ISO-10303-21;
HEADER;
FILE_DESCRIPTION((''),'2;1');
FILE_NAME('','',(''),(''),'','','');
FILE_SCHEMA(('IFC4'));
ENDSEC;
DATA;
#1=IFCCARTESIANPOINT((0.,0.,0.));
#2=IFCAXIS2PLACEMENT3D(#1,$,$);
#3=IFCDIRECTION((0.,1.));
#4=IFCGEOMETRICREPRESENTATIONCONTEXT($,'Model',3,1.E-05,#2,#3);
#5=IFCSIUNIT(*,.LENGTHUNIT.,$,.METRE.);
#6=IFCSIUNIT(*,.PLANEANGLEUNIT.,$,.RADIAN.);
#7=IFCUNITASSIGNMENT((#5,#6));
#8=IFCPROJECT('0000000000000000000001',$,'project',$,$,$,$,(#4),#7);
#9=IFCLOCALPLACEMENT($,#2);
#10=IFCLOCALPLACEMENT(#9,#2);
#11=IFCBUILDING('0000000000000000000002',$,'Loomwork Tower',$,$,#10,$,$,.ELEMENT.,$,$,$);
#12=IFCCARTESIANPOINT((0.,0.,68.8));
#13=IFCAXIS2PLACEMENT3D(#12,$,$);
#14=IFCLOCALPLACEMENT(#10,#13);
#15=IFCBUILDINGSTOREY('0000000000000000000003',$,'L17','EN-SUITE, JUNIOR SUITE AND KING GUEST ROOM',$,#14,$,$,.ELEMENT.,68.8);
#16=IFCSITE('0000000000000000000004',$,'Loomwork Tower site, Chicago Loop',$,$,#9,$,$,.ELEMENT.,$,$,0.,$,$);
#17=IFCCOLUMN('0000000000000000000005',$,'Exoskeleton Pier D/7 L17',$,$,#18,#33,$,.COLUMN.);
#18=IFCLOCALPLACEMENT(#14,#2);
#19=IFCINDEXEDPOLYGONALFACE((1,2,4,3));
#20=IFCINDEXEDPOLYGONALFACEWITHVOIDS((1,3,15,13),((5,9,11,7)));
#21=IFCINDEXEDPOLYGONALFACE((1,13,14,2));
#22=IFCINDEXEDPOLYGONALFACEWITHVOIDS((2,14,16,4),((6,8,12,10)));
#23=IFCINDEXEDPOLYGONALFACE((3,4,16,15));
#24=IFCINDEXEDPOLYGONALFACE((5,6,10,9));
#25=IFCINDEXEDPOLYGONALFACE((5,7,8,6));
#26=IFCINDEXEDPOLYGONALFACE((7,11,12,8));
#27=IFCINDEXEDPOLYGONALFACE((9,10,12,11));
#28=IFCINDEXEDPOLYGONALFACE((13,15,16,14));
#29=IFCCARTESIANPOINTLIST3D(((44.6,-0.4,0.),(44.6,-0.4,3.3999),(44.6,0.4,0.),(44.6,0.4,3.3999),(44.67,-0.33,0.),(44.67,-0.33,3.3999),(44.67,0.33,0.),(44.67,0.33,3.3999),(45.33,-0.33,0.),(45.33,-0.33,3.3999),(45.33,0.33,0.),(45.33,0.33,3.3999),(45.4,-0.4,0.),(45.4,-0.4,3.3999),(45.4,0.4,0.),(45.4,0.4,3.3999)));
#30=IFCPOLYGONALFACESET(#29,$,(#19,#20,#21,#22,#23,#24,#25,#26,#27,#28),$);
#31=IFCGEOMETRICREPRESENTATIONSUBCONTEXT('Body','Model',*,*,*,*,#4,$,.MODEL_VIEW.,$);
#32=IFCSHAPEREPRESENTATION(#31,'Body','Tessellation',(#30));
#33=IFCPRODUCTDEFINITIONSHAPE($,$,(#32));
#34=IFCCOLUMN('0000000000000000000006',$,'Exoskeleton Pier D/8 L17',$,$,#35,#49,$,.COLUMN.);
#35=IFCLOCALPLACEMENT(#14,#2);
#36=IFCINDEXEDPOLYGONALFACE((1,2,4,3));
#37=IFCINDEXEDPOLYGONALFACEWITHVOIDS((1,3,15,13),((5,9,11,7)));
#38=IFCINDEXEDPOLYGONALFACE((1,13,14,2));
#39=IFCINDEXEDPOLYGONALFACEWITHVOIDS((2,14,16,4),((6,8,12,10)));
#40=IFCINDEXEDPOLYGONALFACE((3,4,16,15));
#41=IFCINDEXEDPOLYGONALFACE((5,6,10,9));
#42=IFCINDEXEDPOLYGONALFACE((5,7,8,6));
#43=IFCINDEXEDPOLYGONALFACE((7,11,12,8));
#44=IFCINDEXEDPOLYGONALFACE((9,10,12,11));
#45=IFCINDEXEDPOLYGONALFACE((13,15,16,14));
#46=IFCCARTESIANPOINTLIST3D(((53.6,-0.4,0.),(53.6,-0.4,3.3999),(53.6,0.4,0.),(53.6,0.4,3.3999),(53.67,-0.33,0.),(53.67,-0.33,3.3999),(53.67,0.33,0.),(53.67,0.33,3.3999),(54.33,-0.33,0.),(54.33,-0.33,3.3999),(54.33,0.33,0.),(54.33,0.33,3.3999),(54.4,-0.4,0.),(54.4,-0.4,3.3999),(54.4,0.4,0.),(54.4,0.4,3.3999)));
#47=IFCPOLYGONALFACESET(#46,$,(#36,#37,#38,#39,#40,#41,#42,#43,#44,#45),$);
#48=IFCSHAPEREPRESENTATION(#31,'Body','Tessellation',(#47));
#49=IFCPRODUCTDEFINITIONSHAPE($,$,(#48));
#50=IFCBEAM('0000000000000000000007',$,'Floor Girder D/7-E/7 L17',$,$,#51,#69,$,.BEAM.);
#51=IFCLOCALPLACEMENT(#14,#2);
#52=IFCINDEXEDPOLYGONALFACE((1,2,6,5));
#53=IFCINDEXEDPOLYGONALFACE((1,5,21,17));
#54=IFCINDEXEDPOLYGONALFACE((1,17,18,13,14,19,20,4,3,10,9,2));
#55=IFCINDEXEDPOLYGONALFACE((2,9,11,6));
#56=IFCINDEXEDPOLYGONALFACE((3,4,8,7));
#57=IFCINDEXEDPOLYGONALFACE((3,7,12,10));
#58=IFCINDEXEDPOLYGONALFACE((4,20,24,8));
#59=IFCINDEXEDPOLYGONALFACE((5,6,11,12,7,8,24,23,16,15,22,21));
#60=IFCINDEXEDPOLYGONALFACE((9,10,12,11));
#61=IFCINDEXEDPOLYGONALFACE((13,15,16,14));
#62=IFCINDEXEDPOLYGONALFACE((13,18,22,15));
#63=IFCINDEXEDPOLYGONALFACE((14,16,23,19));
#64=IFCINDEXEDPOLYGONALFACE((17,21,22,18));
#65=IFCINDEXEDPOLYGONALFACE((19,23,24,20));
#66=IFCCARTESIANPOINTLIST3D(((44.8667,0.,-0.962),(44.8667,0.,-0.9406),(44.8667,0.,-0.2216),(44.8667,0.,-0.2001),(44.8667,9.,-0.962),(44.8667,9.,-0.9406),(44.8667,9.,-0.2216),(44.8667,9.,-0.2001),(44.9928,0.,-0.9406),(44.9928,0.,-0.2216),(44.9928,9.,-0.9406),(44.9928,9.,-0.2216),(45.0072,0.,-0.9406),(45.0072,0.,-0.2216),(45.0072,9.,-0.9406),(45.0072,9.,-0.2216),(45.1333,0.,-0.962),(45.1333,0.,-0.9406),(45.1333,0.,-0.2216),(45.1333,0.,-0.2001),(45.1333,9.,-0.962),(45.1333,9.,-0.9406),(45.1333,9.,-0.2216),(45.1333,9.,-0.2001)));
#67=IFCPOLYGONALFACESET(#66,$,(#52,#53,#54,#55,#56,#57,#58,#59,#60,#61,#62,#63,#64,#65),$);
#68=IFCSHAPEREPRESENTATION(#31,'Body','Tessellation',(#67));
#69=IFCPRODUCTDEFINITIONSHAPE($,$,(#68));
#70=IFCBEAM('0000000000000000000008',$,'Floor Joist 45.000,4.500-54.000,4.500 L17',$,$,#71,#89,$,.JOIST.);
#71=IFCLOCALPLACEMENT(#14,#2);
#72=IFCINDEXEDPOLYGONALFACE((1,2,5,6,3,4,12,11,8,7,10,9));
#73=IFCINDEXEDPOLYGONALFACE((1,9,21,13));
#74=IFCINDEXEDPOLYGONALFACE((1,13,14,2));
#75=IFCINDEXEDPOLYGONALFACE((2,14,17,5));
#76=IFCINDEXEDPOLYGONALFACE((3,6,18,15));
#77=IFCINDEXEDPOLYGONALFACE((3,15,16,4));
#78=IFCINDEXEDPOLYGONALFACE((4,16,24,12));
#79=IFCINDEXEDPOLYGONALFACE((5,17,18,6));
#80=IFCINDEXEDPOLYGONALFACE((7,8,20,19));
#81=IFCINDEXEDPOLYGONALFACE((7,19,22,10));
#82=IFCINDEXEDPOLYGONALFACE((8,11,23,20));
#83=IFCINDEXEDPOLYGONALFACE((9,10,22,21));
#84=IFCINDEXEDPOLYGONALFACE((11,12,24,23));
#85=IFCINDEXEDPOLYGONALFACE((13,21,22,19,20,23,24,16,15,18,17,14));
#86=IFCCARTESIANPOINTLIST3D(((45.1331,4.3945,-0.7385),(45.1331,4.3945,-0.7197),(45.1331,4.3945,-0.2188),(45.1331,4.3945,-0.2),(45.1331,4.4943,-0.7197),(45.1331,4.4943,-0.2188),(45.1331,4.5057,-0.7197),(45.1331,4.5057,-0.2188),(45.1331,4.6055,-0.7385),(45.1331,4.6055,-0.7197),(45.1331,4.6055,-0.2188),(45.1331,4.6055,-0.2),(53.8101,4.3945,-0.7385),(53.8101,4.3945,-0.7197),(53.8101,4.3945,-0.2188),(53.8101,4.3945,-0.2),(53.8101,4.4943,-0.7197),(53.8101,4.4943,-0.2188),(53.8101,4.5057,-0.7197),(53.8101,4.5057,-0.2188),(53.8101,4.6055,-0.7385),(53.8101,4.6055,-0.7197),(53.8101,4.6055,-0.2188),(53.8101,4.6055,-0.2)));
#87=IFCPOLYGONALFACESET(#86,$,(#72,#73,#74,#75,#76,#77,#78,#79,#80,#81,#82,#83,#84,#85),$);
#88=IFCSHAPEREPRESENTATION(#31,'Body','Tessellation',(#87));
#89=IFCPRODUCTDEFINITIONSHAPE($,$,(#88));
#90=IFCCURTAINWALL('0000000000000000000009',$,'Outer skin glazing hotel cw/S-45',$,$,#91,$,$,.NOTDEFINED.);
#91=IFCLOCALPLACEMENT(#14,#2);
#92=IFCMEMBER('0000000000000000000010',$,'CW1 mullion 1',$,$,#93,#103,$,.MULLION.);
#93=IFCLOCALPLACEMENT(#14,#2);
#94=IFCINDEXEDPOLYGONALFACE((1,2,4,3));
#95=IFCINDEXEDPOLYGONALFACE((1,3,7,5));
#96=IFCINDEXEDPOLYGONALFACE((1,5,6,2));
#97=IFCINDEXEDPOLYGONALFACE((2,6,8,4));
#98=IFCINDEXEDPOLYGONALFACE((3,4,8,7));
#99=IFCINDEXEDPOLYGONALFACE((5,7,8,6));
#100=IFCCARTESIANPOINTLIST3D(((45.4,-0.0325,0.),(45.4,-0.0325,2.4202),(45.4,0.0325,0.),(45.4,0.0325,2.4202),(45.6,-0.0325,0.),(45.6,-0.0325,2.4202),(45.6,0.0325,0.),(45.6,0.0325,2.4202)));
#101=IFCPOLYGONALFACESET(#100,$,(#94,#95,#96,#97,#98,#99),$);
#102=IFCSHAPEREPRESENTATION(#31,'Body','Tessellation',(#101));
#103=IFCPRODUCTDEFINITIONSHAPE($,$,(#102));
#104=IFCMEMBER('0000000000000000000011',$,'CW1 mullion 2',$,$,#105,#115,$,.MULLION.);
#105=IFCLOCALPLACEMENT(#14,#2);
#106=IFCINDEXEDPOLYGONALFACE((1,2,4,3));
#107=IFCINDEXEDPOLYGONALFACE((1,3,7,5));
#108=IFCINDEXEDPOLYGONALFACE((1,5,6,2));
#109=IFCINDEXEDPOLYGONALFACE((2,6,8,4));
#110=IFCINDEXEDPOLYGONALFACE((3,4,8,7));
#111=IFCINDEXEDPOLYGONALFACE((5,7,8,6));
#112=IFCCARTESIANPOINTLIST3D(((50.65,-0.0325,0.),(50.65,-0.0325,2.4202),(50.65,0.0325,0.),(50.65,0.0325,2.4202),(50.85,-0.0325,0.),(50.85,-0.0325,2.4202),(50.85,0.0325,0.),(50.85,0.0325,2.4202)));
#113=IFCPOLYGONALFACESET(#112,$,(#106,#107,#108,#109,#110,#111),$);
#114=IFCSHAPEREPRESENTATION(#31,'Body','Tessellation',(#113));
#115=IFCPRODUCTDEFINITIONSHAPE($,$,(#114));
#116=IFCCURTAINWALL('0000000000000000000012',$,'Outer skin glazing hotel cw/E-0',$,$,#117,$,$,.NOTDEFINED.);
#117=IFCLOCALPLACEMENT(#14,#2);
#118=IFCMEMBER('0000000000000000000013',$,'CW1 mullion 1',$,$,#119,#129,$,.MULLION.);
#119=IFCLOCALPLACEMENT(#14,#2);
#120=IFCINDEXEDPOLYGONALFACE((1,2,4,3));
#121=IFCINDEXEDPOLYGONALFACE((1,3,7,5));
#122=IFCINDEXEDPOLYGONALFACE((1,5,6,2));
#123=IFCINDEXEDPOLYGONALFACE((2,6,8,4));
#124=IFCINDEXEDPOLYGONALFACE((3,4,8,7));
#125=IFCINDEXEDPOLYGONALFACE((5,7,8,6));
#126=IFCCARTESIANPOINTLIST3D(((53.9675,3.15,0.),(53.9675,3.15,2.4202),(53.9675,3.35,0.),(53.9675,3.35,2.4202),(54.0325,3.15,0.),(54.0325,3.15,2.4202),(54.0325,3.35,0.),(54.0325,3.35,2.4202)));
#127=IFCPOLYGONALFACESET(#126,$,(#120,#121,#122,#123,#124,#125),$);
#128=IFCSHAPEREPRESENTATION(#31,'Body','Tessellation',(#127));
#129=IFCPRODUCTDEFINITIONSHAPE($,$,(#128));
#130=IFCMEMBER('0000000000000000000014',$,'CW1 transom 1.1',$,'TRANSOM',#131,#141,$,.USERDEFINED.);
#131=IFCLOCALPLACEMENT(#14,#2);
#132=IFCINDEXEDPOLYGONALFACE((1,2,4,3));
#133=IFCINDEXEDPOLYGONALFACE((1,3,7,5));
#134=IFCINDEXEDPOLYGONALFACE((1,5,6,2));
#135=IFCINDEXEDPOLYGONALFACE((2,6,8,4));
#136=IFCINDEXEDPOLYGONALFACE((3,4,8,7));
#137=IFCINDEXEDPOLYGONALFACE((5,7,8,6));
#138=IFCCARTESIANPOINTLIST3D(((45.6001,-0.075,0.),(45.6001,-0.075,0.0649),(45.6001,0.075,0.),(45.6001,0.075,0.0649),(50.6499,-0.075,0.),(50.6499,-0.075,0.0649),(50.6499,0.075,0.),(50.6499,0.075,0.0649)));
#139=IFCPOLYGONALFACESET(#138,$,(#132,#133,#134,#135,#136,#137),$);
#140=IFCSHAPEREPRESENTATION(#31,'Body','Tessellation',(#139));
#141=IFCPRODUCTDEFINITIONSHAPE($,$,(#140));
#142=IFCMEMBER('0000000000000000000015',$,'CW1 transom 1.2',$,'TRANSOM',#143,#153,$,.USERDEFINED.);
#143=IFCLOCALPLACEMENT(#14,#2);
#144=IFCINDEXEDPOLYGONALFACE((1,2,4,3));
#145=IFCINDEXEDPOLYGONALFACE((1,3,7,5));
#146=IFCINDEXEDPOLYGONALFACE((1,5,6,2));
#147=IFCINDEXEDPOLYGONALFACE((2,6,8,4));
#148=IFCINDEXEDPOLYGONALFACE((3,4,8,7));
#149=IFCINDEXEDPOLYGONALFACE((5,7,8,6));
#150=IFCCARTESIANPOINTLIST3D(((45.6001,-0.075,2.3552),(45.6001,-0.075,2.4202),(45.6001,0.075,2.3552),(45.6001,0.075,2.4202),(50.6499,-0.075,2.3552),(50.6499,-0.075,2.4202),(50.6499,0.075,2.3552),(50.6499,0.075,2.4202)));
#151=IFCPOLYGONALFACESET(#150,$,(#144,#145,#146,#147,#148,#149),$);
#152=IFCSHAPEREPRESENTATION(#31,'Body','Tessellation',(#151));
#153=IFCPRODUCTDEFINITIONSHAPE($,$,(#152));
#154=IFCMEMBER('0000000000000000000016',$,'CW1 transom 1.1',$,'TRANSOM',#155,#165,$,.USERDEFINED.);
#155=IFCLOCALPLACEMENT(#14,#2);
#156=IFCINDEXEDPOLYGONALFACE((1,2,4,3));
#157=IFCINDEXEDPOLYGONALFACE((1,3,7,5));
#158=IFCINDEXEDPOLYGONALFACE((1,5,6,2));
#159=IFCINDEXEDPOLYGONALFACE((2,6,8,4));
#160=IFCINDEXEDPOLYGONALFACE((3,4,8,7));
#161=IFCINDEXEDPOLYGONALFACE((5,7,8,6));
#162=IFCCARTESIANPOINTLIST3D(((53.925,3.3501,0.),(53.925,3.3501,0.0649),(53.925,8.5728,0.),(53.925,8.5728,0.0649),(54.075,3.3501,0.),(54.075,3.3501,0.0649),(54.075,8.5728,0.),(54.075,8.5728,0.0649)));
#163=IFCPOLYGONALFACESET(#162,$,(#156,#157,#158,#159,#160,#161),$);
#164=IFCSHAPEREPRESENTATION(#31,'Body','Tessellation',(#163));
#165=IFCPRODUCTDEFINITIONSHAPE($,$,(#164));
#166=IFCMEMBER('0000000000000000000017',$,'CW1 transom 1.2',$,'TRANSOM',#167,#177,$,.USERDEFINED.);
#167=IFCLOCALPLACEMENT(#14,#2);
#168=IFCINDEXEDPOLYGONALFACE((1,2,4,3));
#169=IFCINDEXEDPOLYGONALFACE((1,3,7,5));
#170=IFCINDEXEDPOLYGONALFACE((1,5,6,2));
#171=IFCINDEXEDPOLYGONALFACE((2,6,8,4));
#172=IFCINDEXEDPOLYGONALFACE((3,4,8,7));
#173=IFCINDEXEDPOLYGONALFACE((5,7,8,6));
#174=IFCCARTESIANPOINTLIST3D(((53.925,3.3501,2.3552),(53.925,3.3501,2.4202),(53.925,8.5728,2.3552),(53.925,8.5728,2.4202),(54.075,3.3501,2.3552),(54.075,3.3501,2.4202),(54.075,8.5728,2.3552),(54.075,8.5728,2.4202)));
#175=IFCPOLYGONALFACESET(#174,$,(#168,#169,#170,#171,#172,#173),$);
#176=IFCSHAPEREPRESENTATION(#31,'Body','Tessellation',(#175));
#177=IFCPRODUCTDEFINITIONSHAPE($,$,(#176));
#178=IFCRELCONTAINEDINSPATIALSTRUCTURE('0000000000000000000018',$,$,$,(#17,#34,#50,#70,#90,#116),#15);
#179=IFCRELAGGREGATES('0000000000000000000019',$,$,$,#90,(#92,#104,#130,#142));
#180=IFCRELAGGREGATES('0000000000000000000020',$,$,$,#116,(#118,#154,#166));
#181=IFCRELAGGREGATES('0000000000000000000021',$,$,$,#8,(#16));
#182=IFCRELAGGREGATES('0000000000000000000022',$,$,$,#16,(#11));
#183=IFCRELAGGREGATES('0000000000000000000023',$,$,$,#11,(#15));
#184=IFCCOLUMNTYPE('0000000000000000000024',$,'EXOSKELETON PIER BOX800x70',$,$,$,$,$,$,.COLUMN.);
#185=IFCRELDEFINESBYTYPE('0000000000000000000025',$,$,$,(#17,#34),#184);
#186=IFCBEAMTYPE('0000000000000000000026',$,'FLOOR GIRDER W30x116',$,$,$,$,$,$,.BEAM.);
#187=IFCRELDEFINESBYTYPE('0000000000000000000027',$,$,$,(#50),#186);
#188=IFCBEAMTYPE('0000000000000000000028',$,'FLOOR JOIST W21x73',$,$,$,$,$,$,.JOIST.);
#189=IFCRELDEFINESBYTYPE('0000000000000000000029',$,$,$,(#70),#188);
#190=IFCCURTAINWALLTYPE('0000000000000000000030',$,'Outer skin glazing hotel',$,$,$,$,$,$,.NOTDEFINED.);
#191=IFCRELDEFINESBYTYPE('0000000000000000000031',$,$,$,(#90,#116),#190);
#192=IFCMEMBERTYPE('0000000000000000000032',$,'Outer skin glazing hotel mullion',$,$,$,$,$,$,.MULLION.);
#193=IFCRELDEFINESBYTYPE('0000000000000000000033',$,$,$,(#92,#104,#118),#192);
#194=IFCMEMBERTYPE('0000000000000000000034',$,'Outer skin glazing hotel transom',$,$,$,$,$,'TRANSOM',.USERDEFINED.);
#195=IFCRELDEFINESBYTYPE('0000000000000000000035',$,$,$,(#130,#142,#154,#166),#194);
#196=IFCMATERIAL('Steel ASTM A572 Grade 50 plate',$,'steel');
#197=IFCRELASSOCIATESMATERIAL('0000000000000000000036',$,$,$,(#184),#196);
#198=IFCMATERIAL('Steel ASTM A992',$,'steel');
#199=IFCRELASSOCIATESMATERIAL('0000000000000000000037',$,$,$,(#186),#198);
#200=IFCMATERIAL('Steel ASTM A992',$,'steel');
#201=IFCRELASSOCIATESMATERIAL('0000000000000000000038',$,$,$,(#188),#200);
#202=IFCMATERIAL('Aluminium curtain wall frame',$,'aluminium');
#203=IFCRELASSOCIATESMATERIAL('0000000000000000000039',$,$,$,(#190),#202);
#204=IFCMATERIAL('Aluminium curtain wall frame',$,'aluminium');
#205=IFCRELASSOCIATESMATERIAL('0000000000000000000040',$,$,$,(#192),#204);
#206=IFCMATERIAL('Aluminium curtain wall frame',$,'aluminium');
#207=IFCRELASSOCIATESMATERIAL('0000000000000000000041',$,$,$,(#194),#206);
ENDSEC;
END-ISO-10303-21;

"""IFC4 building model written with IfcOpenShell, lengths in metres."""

from ifc_helpers import new_model, si_unit, direction, frame, origin, origin_2d, place, context, subcontext, project, spatial, rectangle, hollow_rectangle, i_section, extrude, material, material_profile, profile_set, type_object, element, aggregate, save


model = new_model("IFC4")

# Units and contexts
model_context = context("Model", 3, precision=1e-05, world=origin(), true_north=direction((0.0, 1.0)))
body_context = subcontext(model_context, "Body", "Model", "MODEL_VIEW")
ifc_project = project(units=[si_unit("LENGTHUNIT", "METRE"), si_unit("PLANEANGLEUNIT", "RADIAN")], contexts=[model_context])

# Site, building, storey
site_placement = place(None, origin())
site = spatial("IfcSite", under=ifc_project, at=site_placement, Name="Loomwork Tower site, Chicago Loop", CompositionType="ELEMENT", RefElevation=0.0)
building_placement = place(site_placement, origin())
building = spatial("IfcBuilding", under=site, at=building_placement, Name="Loomwork Tower", CompositionType="ELEMENT")
storey_placement = place(building_placement, frame((0.0, 0.0, 68.8)))
storey = spatial("IfcBuildingStorey", under=building, at=storey_placement, Name="L17", Description="EN-SUITE, JUNIOR SUITE AND KING GUEST ROOM", CompositionType="ELEMENT", Elevation=68.8)

# Columns
ifc_material_1 = material(Name="Steel ASTM A572 Grade 50 plate", Category="steel")
ifc_material_profile_1 = material_profile(ifc_material_1, hollow_rectangle(XDim=0.8, YDim=0.8, WallThickness=0.0701, at=origin_2d()), Name="BOX800x70")
ifc_profile_set_1 = profile_set([ifc_material_profile_1], Name="Steel ASTM A572 Grade 50 plate")
column_type = type_object("IfcColumnType", Name="EXOSKELETON PIER BOX800x70", PredefinedType="COLUMN", material=ifc_profile_set_1)
for number, where, z_axis, x_axis, name in (
    (1, (45.0, 0.0, 0.0), (0.0, 0.0, 1.0), (1.0, 0.0, 0.0), "Exoskeleton Pier D/7 L17"),
    (2, (54.0, 0.0, 0.0), (0.0, 0.0, 1.0), (1.0, 0.0, 0.0), "Exoskeleton Pier D/8 L17"),
):
    element("IfcColumn", number, at=place(storey_placement, frame(where, z_axis=z_axis, x_axis=x_axis)), inside=storey, type_object=column_type, Name=name, PredefinedType="COLUMN", context=body_context, shape_type="SweptSolid", body=[
        extrude(hollow_rectangle(XDim=0.8, YDim=0.8, WallThickness=0.0701, at=origin_2d()), origin(), (0.0, 0.0, 1.0), 3.3999),
    ])

# Beams
ifc_material_2 = material(Name="Steel ASTM A992", Category="steel")
ifc_material_profile_2 = material_profile(ifc_material_2, i_section(OverallWidth=0.2666, OverallDepth=0.762, WebThickness=0.0144, FlangeThickness=0.0215, at=origin_2d()), Name="W30x116")
ifc_profile_set_2 = profile_set([ifc_material_profile_2], Name="Steel ASTM A992")
beam_type_1 = type_object("IfcBeamType", Name="FLOOR GIRDER W30x116", PredefinedType="BEAM", material=ifc_profile_set_2)
beam_1_placement = place(storey_placement, frame((45.0, 0.0, -0.5811), z_axis=(0.0, 1.0, 0.0), x_axis=(-1.0, 0.0, 0.0)))
element("IfcBeam", 3, at=beam_1_placement, inside=storey, type_object=beam_type_1, Name="Floor Girder D/7-E/7 L17", PredefinedType="BEAM", context=body_context, shape_type="SweptSolid", body=[
    extrude(i_section(OverallWidth=0.2666, OverallDepth=0.762, WebThickness=0.0144, FlangeThickness=0.0215, at=origin_2d()), origin(), (0.0, 0.0, 1.0), 9.0),
])
ifc_material_3 = material(Name="Steel ASTM A992", Category="steel")
ifc_material_profile_3 = material_profile(ifc_material_3, i_section(OverallWidth=0.2109, OverallDepth=0.5386, WebThickness=0.0115, FlangeThickness=0.0188, at=origin_2d()), Name="W21x73")
ifc_profile_set_3 = profile_set([ifc_material_profile_3], Name="Steel ASTM A992")
beam_type_2 = type_object("IfcBeamType", Name="FLOOR JOIST W21x73", PredefinedType="JOIST", material=ifc_profile_set_3)
beam_2_placement = place(storey_placement, frame((45.1331, 4.5, -0.4692), z_axis=(1.0, 0.0, 0.0), x_axis=(0.0, 1.0, 0.0)))
element("IfcBeam", 4, at=beam_2_placement, inside=storey, type_object=beam_type_2, Name="Floor Joist 45.000,4.500-54.000,4.500 L17", PredefinedType="JOIST", context=body_context, shape_type="SweptSolid", body=[
    extrude(i_section(OverallWidth=0.2109, OverallDepth=0.5386, WebThickness=0.0115, FlangeThickness=0.0188, at=origin_2d()), origin(), (0.0, 0.0, 1.0), 8.677),
])

# Curtain wall, members
ifc_material_4 = material(Name="Aluminium curtain wall frame", Category="aluminium")
curtain_wall_type = type_object("IfcCurtainWallType", Name="Outer skin glazing hotel", PredefinedType="NOTDEFINED", material=ifc_material_4)
curtain_wall_1_placement = place(storey_placement, origin())
curtain_wall_1 = element("IfcCurtainWall", 5, at=curtain_wall_1_placement, inside=storey, type_object=curtain_wall_type, Name="Outer skin glazing hotel cw/S-45", PredefinedType="NOTDEFINED")
ifc_material_5 = material(Name="Aluminium curtain wall frame", Category="aluminium")
ifc_material_profile_4 = material_profile(ifc_material_5, rectangle(XDim=0.0649, YDim=0.2, at=origin_2d()), Name="AL 65x200")
ifc_profile_set_4 = profile_set([ifc_material_profile_4], Name="Aluminium curtain wall frame")
member_type_1 = type_object("IfcMemberType", Name="Outer skin glazing hotel mullion", PredefinedType="MULLION", material=ifc_profile_set_4)
member_1_placement = place(storey_placement, frame((45.5, 0.0, 0.0), z_axis=(0.0, 0.0, 1.0), x_axis=(0.0, 1.0, 0.0)))
member_1 = element("IfcMember", 6, at=member_1_placement, type_object=member_type_1, Name="CW1 mullion 1", PredefinedType="MULLION", context=body_context, shape_type="SweptSolid", body=[
    extrude(rectangle(XDim=0.0649, YDim=0.2, at=origin_2d()), origin(), (0.0, 0.0, 1.0), 2.4202),
])
member_2_placement = place(storey_placement, frame((50.75, 0.0, 0.0), z_axis=(0.0, 0.0, 1.0), x_axis=(0.0, 1.0, 0.0)))
member_2 = element("IfcMember", 7, at=member_2_placement, type_object=member_type_1, Name="CW1 mullion 2", PredefinedType="MULLION", context=body_context, shape_type="SweptSolid", body=[
    extrude(rectangle(XDim=0.0649, YDim=0.2, at=origin_2d()), origin(), (0.0, 0.0, 1.0), 2.4202),
])

# Curtain wall, member
curtain_wall_2_placement = place(storey_placement, origin())
curtain_wall_2 = element("IfcCurtainWall", 8, at=curtain_wall_2_placement, inside=storey, type_object=curtain_wall_type, Name="Outer skin glazing hotel cw/E-0", PredefinedType="NOTDEFINED")
member_3_placement = place(storey_placement, frame((54.0, 3.25, 0.0), z_axis=(0.0, 0.0, 1.0), x_axis=(-1.0, 0.0, 0.0)))
member_3 = element("IfcMember", 9, at=member_3_placement, type_object=member_type_1, Name="CW1 mullion 1", PredefinedType="MULLION", context=body_context, shape_type="SweptSolid", body=[
    extrude(rectangle(XDim=0.0649, YDim=0.2, at=origin_2d()), origin(), (0.0, 0.0, 1.0), 2.4202),
])

# Members
ifc_material_6 = material(Name="Aluminium curtain wall frame", Category="aluminium")
ifc_material_profile_5 = material_profile(ifc_material_6, rectangle(XDim=0.1499, YDim=0.0649, at=origin_2d()), Name="AL 65x150")
ifc_profile_set_5 = profile_set([ifc_material_profile_5], Name="Aluminium curtain wall frame")
member_type_2 = type_object("IfcMemberType", Name="Outer skin glazing hotel transom", ElementType="TRANSOM", PredefinedType="USERDEFINED", material=ifc_profile_set_5)
member_4_placement = place(storey_placement, frame((45.6001, 0.0, 0.0325), z_axis=(1.0, 0.0, 0.0), x_axis=(0.0, 1.0, 0.0)))
member_4 = element("IfcMember", 10, at=member_4_placement, type_object=member_type_2, Name="CW1 transom 1.1", ObjectType="TRANSOM", PredefinedType="USERDEFINED", context=body_context, shape_type="SweptSolid", body=[
    extrude(rectangle(XDim=0.1499, YDim=0.0649, at=origin_2d()), origin(), (0.0, 0.0, 1.0), 5.0498),
])
member_5_placement = place(storey_placement, frame((45.6001, 0.0, 2.3877), z_axis=(1.0, 0.0, 0.0), x_axis=(0.0, 1.0, 0.0)))
member_5 = element("IfcMember", 11, at=member_5_placement, type_object=member_type_2, Name="CW1 transom 1.2", ObjectType="TRANSOM", PredefinedType="USERDEFINED", context=body_context, shape_type="SweptSolid", body=[
    extrude(rectangle(XDim=0.1499, YDim=0.0649, at=origin_2d()), origin(), (0.0, 0.0, 1.0), 5.0498),
])
member_6_placement = place(storey_placement, frame((54.0, 3.3501, 0.0325), z_axis=(0.0, 1.0, 0.0), x_axis=(-1.0, 0.0, 0.0)))
member_6 = element("IfcMember", 12, at=member_6_placement, type_object=member_type_2, Name="CW1 transom 1.1", ObjectType="TRANSOM", PredefinedType="USERDEFINED", context=body_context, shape_type="SweptSolid", body=[
    extrude(rectangle(XDim=0.1499, YDim=0.0649, at=origin_2d()), origin(), (0.0, 0.0, 1.0), 5.2227),
])
member_7_placement = place(storey_placement, frame((54.0, 3.3501, 2.3877), z_axis=(0.0, 1.0, 0.0), x_axis=(-1.0, 0.0, 0.0)))
member_7 = element("IfcMember", 13, at=member_7_placement, type_object=member_type_2, Name="CW1 transom 1.2", ObjectType="TRANSOM", PredefinedType="USERDEFINED", context=body_context, shape_type="SweptSolid", body=[
    extrude(rectangle(XDim=0.1499, YDim=0.0649, at=origin_2d()), origin(), (0.0, 0.0, 1.0), 5.2227),
])

aggregate(curtain_wall_1, [member_1, member_2, member_4, member_5])
aggregate(curtain_wall_2, [member_3, member_6, member_7])

save(model, "model.ifc")
